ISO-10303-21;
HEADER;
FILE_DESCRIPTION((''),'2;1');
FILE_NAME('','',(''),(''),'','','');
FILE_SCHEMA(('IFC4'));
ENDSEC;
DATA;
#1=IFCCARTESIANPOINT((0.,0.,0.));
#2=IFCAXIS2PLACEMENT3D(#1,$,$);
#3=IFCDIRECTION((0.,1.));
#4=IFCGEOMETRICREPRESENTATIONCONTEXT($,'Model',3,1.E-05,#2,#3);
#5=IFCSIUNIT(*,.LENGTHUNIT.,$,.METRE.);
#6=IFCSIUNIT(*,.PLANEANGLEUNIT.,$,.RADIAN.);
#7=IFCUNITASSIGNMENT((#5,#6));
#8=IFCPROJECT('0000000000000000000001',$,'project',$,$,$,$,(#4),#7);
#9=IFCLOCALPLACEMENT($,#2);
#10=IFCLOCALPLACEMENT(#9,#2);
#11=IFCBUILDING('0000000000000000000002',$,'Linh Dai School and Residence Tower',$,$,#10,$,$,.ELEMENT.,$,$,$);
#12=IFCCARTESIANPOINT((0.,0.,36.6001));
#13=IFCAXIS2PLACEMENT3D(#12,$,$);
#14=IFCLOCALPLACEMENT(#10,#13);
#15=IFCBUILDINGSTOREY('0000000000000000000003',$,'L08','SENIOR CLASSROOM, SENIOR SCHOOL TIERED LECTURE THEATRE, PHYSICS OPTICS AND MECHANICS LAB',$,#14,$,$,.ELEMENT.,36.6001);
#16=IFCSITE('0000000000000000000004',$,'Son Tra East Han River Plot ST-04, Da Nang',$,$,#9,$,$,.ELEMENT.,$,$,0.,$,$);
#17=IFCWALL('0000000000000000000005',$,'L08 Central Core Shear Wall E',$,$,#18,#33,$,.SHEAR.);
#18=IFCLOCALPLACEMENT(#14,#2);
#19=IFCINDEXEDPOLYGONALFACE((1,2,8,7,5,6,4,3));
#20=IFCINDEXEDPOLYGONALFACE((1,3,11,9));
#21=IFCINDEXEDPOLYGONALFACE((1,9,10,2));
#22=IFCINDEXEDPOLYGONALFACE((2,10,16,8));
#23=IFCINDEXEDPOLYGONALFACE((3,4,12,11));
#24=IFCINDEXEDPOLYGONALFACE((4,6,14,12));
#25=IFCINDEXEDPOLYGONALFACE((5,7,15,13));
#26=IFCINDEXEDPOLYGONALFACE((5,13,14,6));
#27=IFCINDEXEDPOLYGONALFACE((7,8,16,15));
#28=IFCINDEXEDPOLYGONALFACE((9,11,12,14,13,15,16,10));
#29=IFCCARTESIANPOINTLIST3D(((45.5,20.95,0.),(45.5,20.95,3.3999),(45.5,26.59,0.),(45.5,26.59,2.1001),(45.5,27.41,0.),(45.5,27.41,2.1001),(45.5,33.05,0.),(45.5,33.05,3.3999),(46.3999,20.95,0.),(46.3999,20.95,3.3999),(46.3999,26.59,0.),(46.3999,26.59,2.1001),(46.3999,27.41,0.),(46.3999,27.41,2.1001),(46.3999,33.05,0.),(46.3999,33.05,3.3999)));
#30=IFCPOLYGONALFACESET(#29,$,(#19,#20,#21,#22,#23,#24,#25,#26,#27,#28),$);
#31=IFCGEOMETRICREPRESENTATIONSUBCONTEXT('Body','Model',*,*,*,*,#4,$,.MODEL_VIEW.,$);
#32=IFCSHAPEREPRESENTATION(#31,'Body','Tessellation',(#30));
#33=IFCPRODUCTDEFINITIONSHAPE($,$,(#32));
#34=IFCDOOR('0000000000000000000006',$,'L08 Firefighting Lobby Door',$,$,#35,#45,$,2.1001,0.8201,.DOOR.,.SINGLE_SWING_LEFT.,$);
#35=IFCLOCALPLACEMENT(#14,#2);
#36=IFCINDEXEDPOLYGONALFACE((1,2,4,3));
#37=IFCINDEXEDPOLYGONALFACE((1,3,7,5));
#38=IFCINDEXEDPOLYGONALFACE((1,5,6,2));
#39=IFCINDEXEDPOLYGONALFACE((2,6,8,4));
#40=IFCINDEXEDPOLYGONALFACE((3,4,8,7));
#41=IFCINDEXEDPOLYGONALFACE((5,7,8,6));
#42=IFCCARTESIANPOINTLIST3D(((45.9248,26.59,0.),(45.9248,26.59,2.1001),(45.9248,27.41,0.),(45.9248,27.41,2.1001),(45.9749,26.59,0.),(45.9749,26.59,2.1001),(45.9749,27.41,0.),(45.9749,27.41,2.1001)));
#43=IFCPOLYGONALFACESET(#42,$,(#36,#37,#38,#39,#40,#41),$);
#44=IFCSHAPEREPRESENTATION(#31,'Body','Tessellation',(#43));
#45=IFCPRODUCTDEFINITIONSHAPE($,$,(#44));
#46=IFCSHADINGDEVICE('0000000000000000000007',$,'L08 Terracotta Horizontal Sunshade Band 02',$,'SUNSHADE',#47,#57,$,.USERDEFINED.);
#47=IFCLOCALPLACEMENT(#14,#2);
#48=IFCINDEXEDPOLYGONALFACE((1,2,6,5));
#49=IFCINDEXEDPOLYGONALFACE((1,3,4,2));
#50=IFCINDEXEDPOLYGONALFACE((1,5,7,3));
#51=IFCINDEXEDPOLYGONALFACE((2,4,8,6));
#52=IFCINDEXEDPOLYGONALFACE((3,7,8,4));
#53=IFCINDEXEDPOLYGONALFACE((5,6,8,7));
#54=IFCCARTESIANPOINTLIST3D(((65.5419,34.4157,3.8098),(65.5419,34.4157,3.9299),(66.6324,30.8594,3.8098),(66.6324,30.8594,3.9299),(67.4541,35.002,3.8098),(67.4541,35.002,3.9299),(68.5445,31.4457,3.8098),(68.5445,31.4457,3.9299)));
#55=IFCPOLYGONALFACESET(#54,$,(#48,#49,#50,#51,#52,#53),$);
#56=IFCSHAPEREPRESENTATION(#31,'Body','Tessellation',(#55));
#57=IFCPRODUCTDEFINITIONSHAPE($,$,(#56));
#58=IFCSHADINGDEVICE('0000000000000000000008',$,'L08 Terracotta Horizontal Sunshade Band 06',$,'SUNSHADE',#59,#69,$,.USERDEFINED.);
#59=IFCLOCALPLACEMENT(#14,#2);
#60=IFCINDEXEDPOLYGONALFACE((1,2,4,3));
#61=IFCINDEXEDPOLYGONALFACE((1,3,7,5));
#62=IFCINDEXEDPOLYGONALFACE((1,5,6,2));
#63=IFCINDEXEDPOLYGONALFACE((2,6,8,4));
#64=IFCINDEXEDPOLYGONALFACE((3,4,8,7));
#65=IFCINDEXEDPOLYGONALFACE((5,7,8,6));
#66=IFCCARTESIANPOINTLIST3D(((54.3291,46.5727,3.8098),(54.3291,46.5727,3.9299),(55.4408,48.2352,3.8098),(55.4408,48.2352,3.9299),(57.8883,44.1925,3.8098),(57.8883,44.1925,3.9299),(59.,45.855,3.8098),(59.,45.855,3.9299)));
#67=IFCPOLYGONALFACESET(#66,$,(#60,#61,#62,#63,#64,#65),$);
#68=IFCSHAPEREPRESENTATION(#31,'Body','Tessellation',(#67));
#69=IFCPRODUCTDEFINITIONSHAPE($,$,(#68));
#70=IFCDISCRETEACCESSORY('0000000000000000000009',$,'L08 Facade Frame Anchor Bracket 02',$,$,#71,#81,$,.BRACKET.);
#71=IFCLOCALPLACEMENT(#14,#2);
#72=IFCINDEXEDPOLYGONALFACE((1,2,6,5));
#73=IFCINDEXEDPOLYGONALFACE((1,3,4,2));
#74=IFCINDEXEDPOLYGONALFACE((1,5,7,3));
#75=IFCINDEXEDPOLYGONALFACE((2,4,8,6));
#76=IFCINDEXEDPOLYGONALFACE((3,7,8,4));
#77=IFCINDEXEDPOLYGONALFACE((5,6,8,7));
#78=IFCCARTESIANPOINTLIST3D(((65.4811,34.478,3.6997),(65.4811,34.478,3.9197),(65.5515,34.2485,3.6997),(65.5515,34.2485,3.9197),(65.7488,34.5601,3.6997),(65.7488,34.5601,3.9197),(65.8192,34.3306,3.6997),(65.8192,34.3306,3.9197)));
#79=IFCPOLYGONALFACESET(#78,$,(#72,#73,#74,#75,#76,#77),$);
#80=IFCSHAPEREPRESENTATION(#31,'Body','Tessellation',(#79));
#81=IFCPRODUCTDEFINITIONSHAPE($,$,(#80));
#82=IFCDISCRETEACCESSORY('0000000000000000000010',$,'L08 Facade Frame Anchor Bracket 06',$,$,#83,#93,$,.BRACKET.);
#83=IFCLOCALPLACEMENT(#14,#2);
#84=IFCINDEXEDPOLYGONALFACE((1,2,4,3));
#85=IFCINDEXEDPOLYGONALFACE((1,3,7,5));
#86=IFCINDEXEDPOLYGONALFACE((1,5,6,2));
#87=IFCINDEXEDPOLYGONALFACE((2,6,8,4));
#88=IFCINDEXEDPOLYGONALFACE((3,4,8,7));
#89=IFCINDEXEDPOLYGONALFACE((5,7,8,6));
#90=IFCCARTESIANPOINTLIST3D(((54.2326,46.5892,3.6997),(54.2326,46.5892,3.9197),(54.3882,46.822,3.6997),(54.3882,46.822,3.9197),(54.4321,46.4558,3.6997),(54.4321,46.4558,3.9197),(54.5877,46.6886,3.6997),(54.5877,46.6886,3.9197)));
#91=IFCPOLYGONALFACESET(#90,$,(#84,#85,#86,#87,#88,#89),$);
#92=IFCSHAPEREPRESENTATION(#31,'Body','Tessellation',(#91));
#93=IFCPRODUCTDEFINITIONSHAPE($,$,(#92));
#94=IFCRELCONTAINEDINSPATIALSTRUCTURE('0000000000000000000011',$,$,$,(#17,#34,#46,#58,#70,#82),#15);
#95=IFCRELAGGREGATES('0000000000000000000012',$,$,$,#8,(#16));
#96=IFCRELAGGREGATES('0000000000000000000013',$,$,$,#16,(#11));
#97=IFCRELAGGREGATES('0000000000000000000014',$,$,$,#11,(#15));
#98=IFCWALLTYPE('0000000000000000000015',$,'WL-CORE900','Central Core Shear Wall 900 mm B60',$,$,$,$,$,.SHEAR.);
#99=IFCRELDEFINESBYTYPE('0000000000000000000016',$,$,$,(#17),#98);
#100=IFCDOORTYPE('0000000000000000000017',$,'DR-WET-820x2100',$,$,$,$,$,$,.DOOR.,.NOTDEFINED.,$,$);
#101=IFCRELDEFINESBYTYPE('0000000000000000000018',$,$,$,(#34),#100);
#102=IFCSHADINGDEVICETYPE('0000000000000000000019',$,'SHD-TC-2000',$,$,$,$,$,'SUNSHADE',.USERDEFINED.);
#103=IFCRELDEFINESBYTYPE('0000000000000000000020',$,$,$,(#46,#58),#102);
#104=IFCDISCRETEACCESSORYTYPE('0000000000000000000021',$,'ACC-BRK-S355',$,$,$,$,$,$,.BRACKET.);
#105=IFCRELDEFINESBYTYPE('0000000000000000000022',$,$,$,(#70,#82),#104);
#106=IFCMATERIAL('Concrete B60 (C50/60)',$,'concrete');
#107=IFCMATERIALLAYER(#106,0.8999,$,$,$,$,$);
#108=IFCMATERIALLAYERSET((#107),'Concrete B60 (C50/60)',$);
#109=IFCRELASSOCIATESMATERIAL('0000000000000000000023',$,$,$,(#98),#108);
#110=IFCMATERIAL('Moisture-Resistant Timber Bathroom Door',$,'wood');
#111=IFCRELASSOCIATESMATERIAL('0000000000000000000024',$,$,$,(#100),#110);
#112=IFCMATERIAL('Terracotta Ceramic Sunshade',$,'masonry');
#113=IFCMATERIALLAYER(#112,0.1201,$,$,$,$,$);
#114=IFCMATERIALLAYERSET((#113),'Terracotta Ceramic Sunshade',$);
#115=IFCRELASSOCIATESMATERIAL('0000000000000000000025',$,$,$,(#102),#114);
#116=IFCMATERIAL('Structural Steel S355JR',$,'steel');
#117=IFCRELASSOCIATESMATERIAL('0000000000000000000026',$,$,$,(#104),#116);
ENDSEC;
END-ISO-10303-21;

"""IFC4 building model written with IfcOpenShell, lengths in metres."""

from ifc_helpers import new_model, si_unit, direction, frame, frame_2d, origin, origin_2d, place, context, subcontext, project, spatial, rectangle, extrude, source, transform, mapped, material, layer, layer_set, type_object, element, fill, save


model = new_model("IFC4")

# Units and contexts
model_context = context("Model", 3, precision=1e-05, world=origin(), true_north=direction((0.0, 1.0)))
body_context = subcontext(model_context, "Body", "Model", "MODEL_VIEW")
ifc_project = project(units=[si_unit("LENGTHUNIT", "METRE"), si_unit("PLANEANGLEUNIT", "RADIAN")], contexts=[model_context])

# Site, building, storey
site_placement = place(None, origin())
site = spatial("IfcSite", under=ifc_project, at=site_placement, Name="Son Tra East Han River Plot ST-04, Da Nang", CompositionType="ELEMENT", RefElevation=0.0)
building_placement = place(site_placement, origin())
building = spatial("IfcBuilding", under=site, at=building_placement, Name="Linh Dai School and Residence Tower", CompositionType="ELEMENT")
storey_placement = place(building_placement, frame((0.0, 0.0, 36.6001)))
storey = spatial("IfcBuildingStorey", under=building, at=storey_placement, Name="L08", Description="SENIOR CLASSROOM, SENIOR SCHOOL TIERED LECTURE THEATRE, PHYSICS OPTICS AND MECHANICS LAB", CompositionType="ELEMENT", Elevation=36.6001)

# Shared definitions
ifc_material_1 = material(Name="Concrete B60 (C50/60)", Category="concrete")
ifc_material_2 = material(Name="Structural Steel S355JR", Category="steel")

# Wall, opening, door
ifc_layer_1 = layer(ifc_material_1, 0.8999)
ifc_layer_set_1 = layer_set([ifc_layer_1], Name="Concrete B60 (C50/60)")
wall_type_1 = type_object("IfcWallType", Name="WL-CORE900", Description="Central Core Shear Wall 900 mm B60", PredefinedType="SHEAR", material=ifc_layer_set_1)
wall_1_placement = place(storey_placement, frame((45.95, 33.05, 0.0), z_axis=(0.0, 0.0, 1.0), x_axis=(0.0, -1.0, 0.0)))
wall_1 = element("IfcWall", 1, at=wall_1_placement, inside=storey, type_object=wall_type_1, Name="L08 Central Core Shear Wall E", PredefinedType="SHEAR", context=body_context, shape_type="SweptSolid", body=[
    extrude(rectangle(XDim=12.1001, YDim=0.8999, at=frame_2d((6.05, 0.0))), origin(), (0.0, 0.0, 1.0), 3.3999),
])
opening_1_placement = place(wall_1_placement, frame((5.6399, 0.0, 0.0)))
opening_1 = element("IfcOpeningElement", 2, at=opening_1_placement, cuts=wall_1, PredefinedType="OPENING", context=body_context, shape_type="SweptSolid", body=[
    extrude(rectangle(XDim=0.8201, YDim=2.1001, at=origin_2d()), frame((0.4102, 0.46, 1.05), z_axis=(0.0, -1.0, 0.0), x_axis=(1.0, 0.0, 0.0)), (0.0, 0.0, 1.0), 0.9199),
])
ifc_material_3 = material(Name="Moisture-Resistant Timber Bathroom Door", Category="wood")
door_type = type_object("IfcDoorType", Name="DR-WET-820x2100", OperationType="NOTDEFINED", PredefinedType="DOOR", material=ifc_material_3)
shared_shape_1 = source(origin(), body_context, "Body", "SweptSolid", [
    extrude(rectangle(XDim=0.8201, YDim=2.1001, at=origin_2d()), frame((0.4102, 0.0249, 1.05), z_axis=(0.0, -1.0, 0.0), x_axis=(1.0, 0.0, 0.0)), (0.0, 0.0, 1.0), 0.05),
])
door_placement = place(opening_1_placement, origin())
door = element("IfcDoor", 3, at=door_placement, inside=storey, type_object=door_type, Name="L08 Firefighting Lobby Door", OperationType="SINGLE_SWING_LEFT", OverallHeight=2.1001, OverallWidth=0.8201, PredefinedType="DOOR", context=body_context, shape_type="MappedRepresentation", body=[
    mapped(shared_shape_1, transform((0.0, 0.0, 0.0), x_axis=(1.0, 0.0, 0.0), y_axis=(0.0, 1.0, 0.0), z_axis=(0.0, 0.0, 1.0), scale=1.0)),
])
fill(opening_1, door)

# Shading devices
ifc_material_4 = material(Name="Terracotta Ceramic Sunshade", Category="masonry")
ifc_layer_2 = layer(ifc_material_4, 0.1201)
ifc_layer_set_2 = layer_set([ifc_layer_2], Name="Terracotta Ceramic Sunshade")
shading_device_type = type_object("IfcShadingDeviceType", Name="SHD-TC-2000", ElementType="SUNSHADE", PredefinedType="USERDEFINED", material=ifc_layer_set_2)
shared_shape_2 = source(origin(), body_context, "Body", "SweptSolid", [
    extrude(rectangle(XDim=3.7197, YDim=2.0, at=origin_2d()), origin(), (0.0, 0.0, 1.0), 0.1201),
])
shading_device_1_placement = place(storey_placement, frame((67.0432, 32.9307, 3.8098), z_axis=(0.0, 0.0, 1.0), x_axis=(0.293146, -0.956068, 0.0)))
element("IfcShadingDevice", 4, at=shading_device_1_placement, inside=storey, type_object=shading_device_type, Name="L08 Terracotta Horizontal Sunshade Band 02", ObjectType="SUNSHADE", PredefinedType="USERDEFINED", context=body_context, shape_type="MappedRepresentation", body=[
    mapped(shared_shape_2, transform((0.0, 0.0, 0.0), x_axis=(1.0, 0.0, 0.0), y_axis=(0.0, 1.0, 0.0), z_axis=(0.0, 0.0, 1.0), scale=1.0)),
])
shared_shape_3 = source(origin(), body_context, "Body", "SweptSolid", [
    extrude(rectangle(XDim=4.2817, YDim=2.0, at=origin_2d()), origin(), (0.0, 0.0, 1.0), 0.1201),
])
shading_device_2_placement = place(storey_placement, frame((56.6646, 46.2139, 3.8098), z_axis=(0.0, 0.0, 1.0), x_axis=(0.831251, -0.555898, 0.0)))
element("IfcShadingDevice", 5, at=shading_device_2_placement, inside=storey, type_object=shading_device_type, Name="L08 Terracotta Horizontal Sunshade Band 06", ObjectType="SUNSHADE", PredefinedType="USERDEFINED", context=body_context, shape_type="MappedRepresentation", body=[
    mapped(shared_shape_3, transform((0.0, 0.0, 0.0), x_axis=(1.0, 0.0, 0.0), y_axis=(0.0, 1.0, 0.0), z_axis=(0.0, 0.0, 1.0), scale=1.0)),
])

# Discrete accessories
discrete_accessory_type = type_object("IfcDiscreteAccessoryType", Name="ACC-BRK-S355", PredefinedType="BRACKET", material=ifc_material_2)
shared_shape_4 = source(origin(), body_context, "Body", "SweptSolid", [
    extrude(rectangle(XDim=0.28, YDim=0.24, at=origin_2d()), origin(), (0.0, 0.0, 1.0), 0.22),
])
for number, where, z_axis, x_axis, name in (
    (6, (65.6501, 34.4043, 3.6997), (0.0, 0.0, 1.0), (0.956068, 0.293146, 0.0), "L08 Facade Frame Anchor Bracket 02"),
    (7, (54.4102, 46.6389, 3.6997), (0.0, 0.0, 1.0), (0.555898, 0.831251, 0.0), "L08 Facade Frame Anchor Bracket 06"),
):
    element("IfcDiscreteAccessory", number, at=place(storey_placement, frame(where, z_axis=z_axis, x_axis=x_axis)), inside=storey, type_object=discrete_accessory_type, Name=name, PredefinedType="BRACKET", context=body_context, shape_type="MappedRepresentation", body=[
        mapped(shared_shape_4, transform((0.0, 0.0, 0.0), x_axis=(1.0, 0.0, 0.0), y_axis=(0.0, 1.0, 0.0), z_axis=(0.0, 0.0, 1.0), scale=1.0)),
    ])

save(model, "model.ifc")
